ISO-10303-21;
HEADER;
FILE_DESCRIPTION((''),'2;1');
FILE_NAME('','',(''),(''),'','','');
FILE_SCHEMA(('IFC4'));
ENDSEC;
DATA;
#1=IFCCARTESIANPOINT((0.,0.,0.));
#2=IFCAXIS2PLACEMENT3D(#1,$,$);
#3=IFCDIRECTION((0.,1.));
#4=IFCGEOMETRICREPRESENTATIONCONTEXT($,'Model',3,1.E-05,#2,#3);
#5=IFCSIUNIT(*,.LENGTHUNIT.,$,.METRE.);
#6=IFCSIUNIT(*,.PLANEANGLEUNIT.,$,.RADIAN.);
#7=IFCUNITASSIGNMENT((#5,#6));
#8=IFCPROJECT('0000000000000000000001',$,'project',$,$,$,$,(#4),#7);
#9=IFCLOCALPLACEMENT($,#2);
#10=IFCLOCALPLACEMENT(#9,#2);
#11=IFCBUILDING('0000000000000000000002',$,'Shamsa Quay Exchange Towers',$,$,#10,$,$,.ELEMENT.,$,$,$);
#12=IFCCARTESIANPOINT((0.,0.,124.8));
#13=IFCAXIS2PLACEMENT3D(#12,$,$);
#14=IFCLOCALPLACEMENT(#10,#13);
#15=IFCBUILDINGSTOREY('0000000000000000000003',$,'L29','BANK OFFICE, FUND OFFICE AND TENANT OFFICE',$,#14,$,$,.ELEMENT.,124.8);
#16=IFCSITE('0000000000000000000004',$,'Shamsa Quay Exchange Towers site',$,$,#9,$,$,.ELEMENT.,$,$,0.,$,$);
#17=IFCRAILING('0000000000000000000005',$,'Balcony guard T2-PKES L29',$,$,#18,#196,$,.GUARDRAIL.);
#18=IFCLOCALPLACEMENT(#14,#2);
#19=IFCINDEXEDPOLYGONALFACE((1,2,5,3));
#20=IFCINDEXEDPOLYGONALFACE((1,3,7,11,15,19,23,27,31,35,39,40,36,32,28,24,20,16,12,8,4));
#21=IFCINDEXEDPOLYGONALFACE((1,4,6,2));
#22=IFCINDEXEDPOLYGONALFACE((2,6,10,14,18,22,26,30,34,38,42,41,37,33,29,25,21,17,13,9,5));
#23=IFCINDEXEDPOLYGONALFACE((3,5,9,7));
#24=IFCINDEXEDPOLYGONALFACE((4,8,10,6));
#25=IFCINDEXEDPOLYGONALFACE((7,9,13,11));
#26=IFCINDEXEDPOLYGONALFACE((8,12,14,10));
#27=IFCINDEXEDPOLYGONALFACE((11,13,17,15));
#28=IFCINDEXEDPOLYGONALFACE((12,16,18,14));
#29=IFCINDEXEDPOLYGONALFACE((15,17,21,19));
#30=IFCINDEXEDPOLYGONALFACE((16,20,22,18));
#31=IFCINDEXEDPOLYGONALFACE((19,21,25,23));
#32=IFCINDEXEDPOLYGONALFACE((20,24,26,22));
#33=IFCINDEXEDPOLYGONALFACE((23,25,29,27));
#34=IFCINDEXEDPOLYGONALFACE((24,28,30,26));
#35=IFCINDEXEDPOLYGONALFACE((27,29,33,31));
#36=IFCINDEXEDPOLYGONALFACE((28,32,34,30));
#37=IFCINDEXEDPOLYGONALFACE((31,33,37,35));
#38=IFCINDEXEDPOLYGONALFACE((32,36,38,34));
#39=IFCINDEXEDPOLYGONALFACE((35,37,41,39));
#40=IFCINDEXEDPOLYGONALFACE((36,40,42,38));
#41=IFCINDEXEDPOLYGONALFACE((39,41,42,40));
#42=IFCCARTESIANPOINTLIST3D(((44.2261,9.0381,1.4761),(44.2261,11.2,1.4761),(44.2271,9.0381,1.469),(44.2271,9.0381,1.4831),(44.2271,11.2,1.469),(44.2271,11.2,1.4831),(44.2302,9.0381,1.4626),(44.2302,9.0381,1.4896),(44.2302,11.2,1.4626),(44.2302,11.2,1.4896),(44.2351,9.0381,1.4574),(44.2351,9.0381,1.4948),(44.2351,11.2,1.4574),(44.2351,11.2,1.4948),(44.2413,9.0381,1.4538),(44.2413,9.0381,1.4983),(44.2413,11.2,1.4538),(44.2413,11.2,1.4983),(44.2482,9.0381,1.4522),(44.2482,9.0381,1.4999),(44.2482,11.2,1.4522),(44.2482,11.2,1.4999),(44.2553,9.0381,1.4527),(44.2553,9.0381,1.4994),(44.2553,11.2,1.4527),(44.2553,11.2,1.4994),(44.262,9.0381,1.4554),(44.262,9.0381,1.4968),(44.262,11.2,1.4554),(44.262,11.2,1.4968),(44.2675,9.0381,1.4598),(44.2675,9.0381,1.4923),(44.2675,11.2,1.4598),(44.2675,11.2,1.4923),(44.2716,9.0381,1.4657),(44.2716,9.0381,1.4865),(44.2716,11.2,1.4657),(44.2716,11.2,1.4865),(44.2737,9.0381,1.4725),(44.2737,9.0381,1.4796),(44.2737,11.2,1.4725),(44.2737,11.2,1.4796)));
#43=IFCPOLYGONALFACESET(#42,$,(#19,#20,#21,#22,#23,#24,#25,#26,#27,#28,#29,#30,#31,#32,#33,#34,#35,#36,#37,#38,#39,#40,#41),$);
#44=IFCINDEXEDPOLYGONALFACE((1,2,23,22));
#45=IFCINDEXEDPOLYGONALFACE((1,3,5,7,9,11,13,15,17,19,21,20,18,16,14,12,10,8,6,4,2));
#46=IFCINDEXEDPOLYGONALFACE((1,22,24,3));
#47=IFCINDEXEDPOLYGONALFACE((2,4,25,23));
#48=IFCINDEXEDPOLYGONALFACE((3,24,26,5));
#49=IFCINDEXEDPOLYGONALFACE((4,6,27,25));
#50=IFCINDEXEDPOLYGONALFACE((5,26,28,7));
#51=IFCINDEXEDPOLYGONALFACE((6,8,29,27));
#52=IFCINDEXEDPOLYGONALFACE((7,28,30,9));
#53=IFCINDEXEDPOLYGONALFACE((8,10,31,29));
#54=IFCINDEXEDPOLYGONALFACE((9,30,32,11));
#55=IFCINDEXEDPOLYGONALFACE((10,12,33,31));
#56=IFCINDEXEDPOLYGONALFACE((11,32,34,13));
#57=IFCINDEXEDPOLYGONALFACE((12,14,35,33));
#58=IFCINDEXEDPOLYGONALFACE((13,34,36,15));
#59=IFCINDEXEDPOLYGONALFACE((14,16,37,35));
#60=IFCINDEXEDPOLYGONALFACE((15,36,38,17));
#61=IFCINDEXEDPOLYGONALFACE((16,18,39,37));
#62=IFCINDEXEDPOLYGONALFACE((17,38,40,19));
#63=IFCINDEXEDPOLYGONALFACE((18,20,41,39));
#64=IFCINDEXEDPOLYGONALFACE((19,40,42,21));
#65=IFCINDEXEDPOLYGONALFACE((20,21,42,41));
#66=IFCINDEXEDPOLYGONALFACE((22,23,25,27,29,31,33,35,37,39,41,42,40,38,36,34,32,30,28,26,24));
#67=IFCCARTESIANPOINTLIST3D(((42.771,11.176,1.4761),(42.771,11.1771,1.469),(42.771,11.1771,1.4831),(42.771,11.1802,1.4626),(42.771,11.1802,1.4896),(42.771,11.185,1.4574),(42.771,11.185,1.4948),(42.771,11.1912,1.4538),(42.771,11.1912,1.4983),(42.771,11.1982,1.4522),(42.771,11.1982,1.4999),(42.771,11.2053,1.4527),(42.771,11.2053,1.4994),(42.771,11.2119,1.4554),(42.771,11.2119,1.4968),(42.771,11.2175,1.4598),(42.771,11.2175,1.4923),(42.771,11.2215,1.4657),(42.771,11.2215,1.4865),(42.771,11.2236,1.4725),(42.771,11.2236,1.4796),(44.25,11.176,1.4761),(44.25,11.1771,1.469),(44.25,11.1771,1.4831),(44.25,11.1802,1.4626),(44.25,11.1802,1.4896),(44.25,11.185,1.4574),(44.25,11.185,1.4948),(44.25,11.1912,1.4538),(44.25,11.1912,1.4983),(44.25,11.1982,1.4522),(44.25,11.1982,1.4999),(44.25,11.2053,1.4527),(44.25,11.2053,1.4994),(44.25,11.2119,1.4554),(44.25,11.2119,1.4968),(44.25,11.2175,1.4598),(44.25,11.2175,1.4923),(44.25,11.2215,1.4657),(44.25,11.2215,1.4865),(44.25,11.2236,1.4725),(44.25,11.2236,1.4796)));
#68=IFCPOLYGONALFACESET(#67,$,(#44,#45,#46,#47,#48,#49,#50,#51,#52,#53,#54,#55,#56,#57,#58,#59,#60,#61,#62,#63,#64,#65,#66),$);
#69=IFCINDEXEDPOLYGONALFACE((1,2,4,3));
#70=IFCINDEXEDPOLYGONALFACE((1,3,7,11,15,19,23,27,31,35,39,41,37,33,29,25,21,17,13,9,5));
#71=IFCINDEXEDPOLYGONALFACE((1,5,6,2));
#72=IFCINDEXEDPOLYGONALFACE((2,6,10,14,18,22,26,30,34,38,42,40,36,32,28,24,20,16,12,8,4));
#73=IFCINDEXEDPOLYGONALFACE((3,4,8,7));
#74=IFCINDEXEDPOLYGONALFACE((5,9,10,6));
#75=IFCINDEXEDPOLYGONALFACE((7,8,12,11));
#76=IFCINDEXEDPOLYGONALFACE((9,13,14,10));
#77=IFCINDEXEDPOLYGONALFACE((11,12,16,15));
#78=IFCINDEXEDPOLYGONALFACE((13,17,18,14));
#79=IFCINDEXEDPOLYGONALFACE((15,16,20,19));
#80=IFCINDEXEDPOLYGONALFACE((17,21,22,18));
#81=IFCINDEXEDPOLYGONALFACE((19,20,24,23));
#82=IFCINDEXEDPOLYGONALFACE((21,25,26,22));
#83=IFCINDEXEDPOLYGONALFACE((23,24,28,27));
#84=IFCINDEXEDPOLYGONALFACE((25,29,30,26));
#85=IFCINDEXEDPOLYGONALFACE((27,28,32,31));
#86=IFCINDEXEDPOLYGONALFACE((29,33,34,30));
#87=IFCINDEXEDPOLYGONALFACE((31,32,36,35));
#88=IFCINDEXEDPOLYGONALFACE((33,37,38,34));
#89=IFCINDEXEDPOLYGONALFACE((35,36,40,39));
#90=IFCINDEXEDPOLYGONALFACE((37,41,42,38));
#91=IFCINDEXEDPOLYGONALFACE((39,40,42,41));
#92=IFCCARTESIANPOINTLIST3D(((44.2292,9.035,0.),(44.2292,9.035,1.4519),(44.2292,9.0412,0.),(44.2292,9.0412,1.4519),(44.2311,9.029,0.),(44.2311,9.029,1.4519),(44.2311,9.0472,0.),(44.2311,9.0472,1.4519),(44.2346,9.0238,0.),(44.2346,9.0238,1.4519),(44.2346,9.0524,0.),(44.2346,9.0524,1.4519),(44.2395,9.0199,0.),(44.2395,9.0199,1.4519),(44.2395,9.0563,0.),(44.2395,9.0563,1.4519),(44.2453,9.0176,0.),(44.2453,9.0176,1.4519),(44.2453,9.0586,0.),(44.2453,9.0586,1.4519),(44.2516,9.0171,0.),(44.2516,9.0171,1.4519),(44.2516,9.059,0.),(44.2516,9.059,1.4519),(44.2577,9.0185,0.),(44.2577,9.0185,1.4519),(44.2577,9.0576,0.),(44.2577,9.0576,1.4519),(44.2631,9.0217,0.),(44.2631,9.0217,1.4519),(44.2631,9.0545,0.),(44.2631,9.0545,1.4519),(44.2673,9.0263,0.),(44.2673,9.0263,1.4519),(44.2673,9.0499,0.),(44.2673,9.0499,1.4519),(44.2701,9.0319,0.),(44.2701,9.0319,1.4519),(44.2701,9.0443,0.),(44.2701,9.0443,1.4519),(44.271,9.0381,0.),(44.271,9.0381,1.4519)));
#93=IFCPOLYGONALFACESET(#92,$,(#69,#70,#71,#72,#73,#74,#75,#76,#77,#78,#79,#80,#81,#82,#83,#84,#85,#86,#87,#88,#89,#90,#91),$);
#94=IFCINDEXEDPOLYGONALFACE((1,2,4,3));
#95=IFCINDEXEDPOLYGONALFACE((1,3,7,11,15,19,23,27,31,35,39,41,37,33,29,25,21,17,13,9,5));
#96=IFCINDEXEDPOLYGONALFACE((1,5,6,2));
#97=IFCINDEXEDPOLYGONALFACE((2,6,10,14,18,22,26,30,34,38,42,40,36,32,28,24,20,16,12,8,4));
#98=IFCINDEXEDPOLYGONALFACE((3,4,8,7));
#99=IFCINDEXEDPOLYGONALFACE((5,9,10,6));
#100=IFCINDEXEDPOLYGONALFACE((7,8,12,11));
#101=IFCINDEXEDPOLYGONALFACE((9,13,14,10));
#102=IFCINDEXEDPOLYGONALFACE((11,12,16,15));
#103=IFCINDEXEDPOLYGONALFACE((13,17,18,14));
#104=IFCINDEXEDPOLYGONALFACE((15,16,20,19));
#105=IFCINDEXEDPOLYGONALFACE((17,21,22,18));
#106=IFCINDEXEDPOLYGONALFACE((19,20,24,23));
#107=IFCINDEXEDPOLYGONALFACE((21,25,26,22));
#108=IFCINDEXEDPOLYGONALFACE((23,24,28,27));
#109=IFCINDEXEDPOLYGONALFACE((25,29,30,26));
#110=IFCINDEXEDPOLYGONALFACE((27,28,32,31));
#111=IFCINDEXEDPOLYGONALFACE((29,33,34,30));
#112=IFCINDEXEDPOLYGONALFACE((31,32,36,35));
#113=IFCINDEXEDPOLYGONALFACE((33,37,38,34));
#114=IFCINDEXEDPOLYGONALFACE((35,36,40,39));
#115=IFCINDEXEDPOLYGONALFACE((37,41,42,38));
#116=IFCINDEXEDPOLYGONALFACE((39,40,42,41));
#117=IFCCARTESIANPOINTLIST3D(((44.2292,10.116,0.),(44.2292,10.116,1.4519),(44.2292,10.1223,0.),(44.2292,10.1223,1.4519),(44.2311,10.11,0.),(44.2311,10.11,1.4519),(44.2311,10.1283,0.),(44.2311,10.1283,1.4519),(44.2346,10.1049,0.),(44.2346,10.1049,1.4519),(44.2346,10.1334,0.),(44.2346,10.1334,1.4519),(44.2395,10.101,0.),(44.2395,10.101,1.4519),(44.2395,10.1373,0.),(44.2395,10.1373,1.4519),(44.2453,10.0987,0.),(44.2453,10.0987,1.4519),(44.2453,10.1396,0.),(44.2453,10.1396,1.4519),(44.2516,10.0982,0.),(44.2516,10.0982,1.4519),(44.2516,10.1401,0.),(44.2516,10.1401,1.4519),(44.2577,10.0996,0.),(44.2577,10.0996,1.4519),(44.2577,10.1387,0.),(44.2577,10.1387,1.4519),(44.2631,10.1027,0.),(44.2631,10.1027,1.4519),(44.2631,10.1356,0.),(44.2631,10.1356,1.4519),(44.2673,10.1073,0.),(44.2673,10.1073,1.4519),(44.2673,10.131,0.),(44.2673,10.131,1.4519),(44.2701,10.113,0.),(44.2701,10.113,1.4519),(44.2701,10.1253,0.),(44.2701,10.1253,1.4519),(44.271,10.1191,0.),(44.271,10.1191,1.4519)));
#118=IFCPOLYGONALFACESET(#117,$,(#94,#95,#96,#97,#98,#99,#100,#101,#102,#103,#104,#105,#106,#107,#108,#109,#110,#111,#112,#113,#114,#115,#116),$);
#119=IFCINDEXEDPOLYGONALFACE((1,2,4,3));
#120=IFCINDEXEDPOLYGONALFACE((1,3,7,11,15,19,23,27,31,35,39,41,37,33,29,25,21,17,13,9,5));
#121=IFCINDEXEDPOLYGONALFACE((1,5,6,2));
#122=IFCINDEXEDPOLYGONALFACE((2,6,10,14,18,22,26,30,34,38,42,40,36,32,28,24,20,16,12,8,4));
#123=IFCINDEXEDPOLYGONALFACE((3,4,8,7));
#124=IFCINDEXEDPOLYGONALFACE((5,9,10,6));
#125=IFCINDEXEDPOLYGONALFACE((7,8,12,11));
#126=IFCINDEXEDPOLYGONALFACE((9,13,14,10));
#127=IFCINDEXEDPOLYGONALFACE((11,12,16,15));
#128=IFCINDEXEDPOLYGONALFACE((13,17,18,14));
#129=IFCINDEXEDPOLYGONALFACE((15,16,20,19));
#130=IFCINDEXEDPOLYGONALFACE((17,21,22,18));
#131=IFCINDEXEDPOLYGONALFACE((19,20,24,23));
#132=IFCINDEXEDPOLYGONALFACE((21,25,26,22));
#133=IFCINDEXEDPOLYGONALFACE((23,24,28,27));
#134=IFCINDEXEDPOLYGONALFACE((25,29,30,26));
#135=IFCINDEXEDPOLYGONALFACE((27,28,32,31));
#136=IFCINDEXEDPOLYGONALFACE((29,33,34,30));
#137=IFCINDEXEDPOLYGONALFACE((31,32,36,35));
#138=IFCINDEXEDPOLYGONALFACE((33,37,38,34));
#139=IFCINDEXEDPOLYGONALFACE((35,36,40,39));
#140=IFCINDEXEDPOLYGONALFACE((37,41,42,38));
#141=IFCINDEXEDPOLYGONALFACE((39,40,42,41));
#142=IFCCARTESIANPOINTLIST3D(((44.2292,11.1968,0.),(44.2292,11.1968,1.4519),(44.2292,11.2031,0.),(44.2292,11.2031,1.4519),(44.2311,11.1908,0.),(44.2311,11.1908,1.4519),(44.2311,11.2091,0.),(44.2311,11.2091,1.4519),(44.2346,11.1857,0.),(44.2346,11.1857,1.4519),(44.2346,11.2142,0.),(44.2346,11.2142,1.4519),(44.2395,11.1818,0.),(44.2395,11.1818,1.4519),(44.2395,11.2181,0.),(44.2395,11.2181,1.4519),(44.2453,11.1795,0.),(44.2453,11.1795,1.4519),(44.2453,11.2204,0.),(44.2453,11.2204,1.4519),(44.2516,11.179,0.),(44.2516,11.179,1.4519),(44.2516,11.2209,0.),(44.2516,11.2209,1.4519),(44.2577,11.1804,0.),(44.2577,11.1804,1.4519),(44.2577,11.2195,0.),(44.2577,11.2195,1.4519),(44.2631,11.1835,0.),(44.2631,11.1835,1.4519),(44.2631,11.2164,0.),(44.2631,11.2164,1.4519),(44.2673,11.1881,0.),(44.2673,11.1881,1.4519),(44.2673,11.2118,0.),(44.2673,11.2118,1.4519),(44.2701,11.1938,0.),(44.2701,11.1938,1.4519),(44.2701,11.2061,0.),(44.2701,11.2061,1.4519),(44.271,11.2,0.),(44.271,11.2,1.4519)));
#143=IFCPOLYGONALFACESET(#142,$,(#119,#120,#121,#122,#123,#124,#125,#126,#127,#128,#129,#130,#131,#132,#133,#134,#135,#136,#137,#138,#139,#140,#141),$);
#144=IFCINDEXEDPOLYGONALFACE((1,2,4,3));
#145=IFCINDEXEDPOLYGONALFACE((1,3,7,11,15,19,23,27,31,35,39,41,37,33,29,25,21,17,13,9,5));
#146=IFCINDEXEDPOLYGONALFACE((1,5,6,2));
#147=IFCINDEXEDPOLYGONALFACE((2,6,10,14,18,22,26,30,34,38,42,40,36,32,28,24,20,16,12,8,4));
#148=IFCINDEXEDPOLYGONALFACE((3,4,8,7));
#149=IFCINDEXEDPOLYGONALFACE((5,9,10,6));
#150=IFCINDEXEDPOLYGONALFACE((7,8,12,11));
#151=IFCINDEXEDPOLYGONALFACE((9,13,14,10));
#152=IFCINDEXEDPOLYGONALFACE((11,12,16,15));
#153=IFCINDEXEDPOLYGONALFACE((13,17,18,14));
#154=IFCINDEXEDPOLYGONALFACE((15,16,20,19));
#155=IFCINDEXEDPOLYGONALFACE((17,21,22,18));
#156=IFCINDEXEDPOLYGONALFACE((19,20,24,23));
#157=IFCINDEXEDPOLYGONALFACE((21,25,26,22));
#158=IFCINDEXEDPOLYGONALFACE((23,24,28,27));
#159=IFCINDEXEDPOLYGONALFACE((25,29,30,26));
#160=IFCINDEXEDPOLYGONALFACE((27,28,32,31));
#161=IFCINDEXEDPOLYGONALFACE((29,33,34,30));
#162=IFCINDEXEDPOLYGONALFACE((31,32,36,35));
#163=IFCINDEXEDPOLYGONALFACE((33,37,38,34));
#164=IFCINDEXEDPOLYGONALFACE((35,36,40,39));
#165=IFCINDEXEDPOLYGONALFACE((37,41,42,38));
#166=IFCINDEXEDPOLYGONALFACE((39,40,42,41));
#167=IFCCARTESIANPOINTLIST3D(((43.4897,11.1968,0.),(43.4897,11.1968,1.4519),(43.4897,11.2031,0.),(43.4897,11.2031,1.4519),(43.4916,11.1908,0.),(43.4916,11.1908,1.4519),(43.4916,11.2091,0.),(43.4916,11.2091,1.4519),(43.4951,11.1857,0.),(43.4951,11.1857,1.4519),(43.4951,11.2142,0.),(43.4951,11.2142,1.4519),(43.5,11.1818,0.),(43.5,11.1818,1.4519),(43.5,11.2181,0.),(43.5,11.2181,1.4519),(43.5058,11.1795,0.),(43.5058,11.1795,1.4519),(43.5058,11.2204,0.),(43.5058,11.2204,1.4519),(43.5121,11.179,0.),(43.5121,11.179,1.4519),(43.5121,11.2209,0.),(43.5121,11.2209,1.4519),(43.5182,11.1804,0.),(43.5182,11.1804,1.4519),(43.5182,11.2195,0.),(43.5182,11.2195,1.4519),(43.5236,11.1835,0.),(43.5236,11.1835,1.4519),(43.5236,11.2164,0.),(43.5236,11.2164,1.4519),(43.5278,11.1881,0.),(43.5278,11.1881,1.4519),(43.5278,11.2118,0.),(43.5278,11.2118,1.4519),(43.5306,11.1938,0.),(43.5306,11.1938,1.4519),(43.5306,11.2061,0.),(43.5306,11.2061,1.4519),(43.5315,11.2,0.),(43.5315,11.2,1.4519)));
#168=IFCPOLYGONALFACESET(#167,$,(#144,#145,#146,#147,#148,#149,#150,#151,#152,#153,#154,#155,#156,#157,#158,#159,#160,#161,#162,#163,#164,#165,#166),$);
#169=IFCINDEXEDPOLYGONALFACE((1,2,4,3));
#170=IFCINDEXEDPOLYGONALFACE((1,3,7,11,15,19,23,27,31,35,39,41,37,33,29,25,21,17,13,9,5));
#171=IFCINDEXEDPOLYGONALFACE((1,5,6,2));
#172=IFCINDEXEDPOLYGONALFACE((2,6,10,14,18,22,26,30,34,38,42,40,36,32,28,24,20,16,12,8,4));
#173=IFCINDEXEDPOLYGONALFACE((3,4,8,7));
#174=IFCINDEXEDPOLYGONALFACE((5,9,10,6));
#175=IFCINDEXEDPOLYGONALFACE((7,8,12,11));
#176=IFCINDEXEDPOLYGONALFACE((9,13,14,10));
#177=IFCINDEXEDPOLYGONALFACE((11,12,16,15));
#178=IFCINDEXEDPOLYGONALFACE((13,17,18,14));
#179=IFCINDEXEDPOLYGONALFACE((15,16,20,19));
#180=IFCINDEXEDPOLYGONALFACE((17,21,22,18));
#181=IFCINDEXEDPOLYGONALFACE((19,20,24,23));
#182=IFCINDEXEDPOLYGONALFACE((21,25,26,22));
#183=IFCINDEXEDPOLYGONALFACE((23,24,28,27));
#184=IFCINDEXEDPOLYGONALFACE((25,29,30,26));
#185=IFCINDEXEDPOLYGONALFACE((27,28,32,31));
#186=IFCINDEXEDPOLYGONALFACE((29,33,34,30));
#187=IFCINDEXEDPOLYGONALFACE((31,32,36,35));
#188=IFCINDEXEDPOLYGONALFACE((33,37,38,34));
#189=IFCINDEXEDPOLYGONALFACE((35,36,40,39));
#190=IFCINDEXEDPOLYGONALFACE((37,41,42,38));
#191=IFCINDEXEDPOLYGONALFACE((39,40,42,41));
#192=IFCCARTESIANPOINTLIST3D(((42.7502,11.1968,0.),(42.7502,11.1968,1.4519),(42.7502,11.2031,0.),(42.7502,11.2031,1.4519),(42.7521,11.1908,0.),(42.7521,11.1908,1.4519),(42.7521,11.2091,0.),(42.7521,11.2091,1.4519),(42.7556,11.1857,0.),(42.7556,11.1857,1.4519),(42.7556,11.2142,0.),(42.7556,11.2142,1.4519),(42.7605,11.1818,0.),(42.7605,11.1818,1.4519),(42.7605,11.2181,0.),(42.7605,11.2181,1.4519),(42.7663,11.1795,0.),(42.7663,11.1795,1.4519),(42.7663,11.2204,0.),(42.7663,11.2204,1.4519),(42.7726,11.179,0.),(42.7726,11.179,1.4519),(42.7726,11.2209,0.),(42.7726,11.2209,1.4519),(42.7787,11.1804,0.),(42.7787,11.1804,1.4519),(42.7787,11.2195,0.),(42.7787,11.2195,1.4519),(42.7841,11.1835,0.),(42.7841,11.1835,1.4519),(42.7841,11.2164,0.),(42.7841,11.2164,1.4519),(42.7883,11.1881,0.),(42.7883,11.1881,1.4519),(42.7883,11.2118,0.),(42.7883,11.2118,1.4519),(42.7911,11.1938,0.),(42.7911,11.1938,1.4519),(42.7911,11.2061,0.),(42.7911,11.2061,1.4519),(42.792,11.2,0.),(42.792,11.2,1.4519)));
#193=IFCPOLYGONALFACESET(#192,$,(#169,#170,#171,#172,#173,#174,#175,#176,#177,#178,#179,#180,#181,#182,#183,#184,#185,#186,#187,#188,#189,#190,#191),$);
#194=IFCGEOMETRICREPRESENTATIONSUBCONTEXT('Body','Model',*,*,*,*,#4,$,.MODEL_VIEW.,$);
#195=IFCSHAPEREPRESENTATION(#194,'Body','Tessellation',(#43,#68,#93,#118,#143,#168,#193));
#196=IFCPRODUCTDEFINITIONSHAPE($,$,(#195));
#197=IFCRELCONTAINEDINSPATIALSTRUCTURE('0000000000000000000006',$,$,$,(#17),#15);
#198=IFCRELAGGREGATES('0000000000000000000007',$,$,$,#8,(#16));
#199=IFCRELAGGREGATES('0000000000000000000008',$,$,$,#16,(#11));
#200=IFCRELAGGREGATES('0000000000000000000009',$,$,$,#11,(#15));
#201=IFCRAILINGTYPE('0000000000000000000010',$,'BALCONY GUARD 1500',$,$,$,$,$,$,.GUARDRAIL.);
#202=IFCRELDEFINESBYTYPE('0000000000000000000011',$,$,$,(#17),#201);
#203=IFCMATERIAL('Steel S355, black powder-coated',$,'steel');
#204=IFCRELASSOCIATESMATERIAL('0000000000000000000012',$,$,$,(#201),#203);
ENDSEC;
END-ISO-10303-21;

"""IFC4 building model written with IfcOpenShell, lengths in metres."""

from ifc_helpers import new_model, si_unit, direction, frame, origin, origin_2d, place, context, subcontext, project, spatial, circle, extrude, material, type_object, element, save


model = new_model("IFC4")

# Units and contexts
model_context = context("Model", 3, precision=1e-05, world=origin(), true_north=direction((0.0, 1.0)))
body_context = subcontext(model_context, "Body", "Model", "MODEL_VIEW")
ifc_project = project(units=[si_unit("LENGTHUNIT", "METRE"), si_unit("PLANEANGLEUNIT", "RADIAN")], contexts=[model_context])

# Site, building, storey
site_placement = place(None, origin())
site = spatial("IfcSite", under=ifc_project, at=site_placement, Name="Shamsa Quay Exchange Towers site", CompositionType="ELEMENT", RefElevation=0.0)
building_placement = place(site_placement, origin())
building = spatial("IfcBuilding", under=site, at=building_placement, Name="Shamsa Quay Exchange Towers", CompositionType="ELEMENT")
storey_placement = place(building_placement, frame((0.0, 0.0, 124.8)))
storey = spatial("IfcBuildingStorey", under=building, at=storey_placement, Name="L29", Description="BANK OFFICE, FUND OFFICE AND TENANT OFFICE", CompositionType="ELEMENT", Elevation=124.8)

# Railing
ifc_material_1 = material(Name="Steel S355, black powder-coated", Category="steel")
railing_type_1 = type_object("IfcRailingType", Name="BALCONY GUARD 1500", PredefinedType="GUARDRAIL", material=ifc_material_1)
for number, where, name in (
    (1, (44.25, 9.0381, 0.0), "Balcony guard T2-PKES L29"),
):
    element("IfcRailing", number, at=place(storey_placement, frame(where)), inside=storey, type_object=railing_type_1, Name=name, PredefinedType="GUARDRAIL", context=body_context, shape_type="SweptSolid", body=[
        extrude(circle(Radius=0.0239, at=origin_2d()), frame((0.0, 0.0, 1.4761), z_axis=(0.0, 1.0, 0.0), x_axis=(-1.0, 0.0, 0.0)), (0.0, 0.0, 1.0), 2.1619),
        extrude(circle(Radius=0.0239, at=origin_2d()), frame((0.0, 2.1619, 1.4761), z_axis=(-1.0, 0.0, 0.0), x_axis=(0.0, -1.0, 0.0)), (0.0, 0.0, 1.0), 1.479),
        extrude(circle(Radius=0.021, at=origin_2d()), origin(), (0.0, 0.0, 1.0), 1.4519),
        extrude(circle(Radius=0.021, at=origin_2d()), frame((0.0, 1.0811, 0.0)), (0.0, 0.0, 1.0), 1.4519),
        extrude(circle(Radius=0.021, at=origin_2d()), frame((0.0, 2.1619, 0.0)), (0.0, 0.0, 1.0), 1.4519),
        extrude(circle(Radius=0.021, at=origin_2d()), frame((-0.7395, 2.1619, 0.0)), (0.0, 0.0, 1.0), 1.4519),
        extrude(circle(Radius=0.021, at=origin_2d()), frame((-1.479, 2.1619, 0.0)), (0.0, 0.0, 1.0), 1.4519),
    ])

save(model, "model.ifc")
